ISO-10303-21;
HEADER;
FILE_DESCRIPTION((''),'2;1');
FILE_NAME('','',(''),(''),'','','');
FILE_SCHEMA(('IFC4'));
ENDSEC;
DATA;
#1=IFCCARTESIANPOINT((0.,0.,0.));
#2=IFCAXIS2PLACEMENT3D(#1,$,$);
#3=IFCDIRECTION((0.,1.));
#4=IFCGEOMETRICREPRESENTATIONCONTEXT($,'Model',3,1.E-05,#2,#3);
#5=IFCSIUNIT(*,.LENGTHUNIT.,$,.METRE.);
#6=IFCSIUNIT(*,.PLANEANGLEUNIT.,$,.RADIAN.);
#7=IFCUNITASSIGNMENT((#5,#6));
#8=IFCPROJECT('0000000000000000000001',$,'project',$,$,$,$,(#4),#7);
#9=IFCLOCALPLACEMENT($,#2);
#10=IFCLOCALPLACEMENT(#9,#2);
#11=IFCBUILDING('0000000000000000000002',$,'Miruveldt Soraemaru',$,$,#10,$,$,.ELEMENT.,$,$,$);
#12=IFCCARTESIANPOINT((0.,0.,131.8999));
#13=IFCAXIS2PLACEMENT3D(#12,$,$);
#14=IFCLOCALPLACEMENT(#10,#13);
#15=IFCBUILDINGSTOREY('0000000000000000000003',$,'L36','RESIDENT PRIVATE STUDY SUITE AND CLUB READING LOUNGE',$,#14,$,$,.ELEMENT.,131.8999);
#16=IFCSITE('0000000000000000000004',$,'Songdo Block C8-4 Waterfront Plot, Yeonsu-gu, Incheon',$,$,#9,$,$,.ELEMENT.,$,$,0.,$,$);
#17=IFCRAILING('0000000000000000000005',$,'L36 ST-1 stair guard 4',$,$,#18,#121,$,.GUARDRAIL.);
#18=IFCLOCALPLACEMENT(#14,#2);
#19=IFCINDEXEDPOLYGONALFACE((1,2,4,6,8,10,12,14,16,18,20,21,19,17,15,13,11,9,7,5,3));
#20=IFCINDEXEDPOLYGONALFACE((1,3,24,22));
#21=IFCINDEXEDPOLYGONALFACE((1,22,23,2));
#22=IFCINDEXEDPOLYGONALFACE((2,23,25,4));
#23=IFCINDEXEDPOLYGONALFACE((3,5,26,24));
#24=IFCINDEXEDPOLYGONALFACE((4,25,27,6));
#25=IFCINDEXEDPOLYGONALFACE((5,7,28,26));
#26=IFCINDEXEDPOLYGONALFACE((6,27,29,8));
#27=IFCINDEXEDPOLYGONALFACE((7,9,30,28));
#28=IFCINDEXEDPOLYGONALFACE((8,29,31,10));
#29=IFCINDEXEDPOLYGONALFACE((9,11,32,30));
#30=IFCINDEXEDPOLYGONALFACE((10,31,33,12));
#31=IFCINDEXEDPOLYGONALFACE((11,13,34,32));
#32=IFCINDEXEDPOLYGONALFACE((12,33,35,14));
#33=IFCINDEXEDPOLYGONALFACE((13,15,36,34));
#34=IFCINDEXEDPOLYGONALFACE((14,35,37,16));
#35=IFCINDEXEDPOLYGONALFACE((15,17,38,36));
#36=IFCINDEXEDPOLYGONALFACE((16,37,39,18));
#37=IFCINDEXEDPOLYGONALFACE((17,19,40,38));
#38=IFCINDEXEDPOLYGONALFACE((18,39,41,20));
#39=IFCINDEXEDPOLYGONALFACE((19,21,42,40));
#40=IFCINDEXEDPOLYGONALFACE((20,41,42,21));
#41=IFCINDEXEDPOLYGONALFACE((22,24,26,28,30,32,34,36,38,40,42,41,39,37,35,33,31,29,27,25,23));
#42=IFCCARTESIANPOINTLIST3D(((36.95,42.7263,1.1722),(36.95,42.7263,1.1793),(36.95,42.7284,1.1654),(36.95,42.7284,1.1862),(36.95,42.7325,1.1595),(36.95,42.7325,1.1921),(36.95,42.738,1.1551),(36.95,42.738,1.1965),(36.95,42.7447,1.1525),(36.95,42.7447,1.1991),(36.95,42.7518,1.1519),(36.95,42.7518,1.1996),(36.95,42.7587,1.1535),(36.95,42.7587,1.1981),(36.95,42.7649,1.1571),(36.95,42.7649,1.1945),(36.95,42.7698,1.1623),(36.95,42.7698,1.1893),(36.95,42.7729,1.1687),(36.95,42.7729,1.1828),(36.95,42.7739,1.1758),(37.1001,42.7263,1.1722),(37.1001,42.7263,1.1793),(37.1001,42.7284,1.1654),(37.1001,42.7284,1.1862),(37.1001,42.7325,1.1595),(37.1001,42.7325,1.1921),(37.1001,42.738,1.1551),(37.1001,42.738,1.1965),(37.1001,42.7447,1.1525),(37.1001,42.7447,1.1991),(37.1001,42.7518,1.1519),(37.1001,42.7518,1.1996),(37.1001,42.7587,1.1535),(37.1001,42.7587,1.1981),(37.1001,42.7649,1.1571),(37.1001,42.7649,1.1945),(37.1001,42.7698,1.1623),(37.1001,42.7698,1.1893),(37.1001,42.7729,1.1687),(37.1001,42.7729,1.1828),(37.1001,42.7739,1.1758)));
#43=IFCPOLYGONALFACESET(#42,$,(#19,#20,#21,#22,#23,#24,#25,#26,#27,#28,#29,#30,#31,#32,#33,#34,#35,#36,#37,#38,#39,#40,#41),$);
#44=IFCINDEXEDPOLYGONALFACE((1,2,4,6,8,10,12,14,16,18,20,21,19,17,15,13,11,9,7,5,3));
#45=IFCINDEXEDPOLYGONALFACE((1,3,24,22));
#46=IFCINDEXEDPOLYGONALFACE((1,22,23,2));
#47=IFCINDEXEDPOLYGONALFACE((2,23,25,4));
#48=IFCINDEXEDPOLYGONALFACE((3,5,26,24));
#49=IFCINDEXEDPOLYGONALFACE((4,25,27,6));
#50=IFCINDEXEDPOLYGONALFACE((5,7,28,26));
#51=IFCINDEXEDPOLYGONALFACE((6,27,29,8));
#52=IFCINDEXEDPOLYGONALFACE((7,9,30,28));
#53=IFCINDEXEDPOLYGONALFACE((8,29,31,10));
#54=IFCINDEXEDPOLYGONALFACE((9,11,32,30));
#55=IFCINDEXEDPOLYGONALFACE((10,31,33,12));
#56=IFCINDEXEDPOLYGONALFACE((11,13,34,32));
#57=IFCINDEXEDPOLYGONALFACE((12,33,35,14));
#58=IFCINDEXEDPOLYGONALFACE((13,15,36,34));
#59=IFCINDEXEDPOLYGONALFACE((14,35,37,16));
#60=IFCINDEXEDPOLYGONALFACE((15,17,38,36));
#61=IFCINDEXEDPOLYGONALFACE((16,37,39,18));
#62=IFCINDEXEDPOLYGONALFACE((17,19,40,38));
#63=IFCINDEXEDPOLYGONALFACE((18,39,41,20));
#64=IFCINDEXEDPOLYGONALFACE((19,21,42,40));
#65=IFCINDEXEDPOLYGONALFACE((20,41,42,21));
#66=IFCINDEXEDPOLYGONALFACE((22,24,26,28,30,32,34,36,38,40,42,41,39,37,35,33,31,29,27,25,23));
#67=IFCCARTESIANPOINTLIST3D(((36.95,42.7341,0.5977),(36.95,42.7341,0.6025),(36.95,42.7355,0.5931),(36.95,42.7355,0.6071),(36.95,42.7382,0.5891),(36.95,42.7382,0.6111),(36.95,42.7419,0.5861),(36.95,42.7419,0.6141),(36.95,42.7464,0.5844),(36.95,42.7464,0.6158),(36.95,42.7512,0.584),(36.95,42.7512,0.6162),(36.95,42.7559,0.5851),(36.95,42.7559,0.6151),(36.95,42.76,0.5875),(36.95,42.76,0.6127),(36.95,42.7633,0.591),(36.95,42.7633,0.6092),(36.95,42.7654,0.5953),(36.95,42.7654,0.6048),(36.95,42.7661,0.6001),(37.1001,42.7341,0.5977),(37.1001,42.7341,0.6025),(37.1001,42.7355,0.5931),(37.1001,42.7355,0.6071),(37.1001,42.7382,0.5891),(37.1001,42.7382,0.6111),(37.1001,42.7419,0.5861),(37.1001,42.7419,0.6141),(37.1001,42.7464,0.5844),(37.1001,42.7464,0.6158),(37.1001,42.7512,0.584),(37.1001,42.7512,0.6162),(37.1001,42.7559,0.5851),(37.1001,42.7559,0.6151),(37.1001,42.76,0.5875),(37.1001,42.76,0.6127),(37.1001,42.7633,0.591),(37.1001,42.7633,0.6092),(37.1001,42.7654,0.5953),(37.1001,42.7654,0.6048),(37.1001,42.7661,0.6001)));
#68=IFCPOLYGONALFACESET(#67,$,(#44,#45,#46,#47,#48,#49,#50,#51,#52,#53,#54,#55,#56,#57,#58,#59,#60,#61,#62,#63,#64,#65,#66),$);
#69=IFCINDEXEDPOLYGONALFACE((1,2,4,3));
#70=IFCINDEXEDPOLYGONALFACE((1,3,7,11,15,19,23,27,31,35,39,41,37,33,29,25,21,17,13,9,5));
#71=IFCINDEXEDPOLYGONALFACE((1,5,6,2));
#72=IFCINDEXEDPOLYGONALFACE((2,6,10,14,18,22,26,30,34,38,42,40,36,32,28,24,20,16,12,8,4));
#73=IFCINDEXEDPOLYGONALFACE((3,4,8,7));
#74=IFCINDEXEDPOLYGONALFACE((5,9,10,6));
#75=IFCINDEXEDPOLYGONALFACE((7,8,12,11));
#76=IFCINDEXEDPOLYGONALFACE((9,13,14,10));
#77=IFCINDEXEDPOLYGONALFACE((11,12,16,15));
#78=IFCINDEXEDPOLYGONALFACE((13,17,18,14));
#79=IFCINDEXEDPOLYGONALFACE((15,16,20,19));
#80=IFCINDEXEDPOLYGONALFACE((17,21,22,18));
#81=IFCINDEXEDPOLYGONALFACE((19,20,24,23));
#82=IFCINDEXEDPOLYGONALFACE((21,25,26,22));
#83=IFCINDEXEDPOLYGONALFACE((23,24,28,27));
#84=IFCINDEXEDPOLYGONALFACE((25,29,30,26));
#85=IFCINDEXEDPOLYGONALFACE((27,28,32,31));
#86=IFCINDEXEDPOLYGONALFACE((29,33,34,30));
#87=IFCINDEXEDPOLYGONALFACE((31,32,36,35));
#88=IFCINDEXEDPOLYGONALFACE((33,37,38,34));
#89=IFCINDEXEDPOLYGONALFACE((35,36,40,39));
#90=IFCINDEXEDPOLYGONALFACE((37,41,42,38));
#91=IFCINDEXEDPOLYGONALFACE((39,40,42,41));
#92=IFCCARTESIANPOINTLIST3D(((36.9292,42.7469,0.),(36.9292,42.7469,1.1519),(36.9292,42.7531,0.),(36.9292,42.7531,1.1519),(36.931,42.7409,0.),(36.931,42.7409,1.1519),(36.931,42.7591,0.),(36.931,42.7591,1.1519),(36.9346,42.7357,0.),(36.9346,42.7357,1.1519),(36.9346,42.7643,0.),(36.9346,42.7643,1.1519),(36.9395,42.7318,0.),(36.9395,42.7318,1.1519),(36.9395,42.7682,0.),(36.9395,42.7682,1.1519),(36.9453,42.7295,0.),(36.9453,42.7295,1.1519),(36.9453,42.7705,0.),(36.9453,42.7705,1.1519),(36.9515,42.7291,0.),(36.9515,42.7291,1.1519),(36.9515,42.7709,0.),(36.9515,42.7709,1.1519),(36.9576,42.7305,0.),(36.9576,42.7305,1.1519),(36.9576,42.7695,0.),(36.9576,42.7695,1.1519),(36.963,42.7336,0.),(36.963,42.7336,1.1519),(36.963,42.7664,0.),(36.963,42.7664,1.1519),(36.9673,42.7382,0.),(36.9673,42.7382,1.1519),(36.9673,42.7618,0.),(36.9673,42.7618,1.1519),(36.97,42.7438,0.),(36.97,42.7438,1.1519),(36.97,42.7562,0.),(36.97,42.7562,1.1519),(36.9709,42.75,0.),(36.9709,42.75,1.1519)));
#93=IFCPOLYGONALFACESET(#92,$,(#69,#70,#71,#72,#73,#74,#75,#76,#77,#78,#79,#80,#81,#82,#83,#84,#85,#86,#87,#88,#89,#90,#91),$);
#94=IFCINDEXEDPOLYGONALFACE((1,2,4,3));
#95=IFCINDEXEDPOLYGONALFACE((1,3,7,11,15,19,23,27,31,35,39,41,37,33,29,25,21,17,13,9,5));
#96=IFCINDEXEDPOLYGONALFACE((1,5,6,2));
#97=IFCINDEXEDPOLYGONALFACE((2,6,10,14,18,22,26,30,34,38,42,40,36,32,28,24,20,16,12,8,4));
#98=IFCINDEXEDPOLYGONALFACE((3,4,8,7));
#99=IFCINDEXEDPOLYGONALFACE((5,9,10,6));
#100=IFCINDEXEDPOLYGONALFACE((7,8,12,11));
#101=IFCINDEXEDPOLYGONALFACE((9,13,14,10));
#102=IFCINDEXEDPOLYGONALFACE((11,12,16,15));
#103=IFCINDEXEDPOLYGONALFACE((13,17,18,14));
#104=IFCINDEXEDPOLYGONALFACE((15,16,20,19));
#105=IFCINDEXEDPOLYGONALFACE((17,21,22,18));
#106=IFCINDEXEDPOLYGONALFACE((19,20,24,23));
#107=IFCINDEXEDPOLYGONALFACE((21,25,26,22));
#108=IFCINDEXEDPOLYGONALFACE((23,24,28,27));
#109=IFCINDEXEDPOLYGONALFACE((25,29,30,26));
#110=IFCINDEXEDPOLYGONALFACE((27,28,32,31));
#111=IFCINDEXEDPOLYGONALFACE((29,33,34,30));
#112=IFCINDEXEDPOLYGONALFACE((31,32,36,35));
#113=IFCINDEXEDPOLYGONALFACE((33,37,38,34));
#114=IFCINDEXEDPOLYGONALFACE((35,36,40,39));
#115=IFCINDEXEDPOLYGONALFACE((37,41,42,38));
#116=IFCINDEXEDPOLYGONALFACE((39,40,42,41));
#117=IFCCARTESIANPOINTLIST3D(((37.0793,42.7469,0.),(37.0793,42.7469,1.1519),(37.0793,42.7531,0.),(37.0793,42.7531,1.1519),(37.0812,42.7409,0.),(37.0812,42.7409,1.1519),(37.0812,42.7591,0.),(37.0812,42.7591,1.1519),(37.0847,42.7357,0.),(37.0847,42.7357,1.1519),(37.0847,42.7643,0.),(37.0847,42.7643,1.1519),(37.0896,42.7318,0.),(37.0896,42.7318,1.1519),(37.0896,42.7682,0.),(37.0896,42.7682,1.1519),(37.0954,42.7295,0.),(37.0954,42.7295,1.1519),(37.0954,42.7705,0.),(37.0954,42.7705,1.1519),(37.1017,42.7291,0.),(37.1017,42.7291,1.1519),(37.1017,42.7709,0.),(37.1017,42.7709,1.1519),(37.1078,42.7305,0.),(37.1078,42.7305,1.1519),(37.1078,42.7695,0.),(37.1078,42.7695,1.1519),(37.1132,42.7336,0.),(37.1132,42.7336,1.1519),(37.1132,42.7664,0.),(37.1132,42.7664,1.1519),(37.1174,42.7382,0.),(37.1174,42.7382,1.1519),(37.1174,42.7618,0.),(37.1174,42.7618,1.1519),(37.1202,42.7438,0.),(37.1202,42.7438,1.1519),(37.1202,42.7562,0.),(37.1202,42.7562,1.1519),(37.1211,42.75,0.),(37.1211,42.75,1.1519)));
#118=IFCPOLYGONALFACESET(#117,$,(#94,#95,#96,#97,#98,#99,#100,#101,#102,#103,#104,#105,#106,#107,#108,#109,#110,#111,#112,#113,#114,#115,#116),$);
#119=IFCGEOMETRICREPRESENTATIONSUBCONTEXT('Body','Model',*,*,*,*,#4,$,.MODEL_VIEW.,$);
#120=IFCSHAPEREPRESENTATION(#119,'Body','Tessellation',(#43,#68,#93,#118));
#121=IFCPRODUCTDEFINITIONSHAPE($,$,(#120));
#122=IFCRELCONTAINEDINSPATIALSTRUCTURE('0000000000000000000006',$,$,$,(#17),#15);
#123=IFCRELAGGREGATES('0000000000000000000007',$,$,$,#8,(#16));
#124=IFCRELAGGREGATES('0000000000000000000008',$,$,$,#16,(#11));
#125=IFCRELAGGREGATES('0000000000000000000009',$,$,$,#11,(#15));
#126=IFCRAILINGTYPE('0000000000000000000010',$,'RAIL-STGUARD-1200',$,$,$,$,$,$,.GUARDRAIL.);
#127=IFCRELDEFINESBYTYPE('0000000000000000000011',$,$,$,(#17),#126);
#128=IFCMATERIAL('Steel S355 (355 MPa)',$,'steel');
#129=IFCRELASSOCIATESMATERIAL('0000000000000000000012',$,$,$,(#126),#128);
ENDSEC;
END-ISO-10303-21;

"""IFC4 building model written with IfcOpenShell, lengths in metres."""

from ifc_helpers import new_model, si_unit, direction, frame, origin, origin_2d, place, context, subcontext, project, spatial, circle, extrude, material, type_object, element, save


model = new_model("IFC4")

# Units and contexts
model_context = context("Model", 3, precision=1e-05, world=origin(), true_north=direction((0.0, 1.0)))
body_context = subcontext(model_context, "Body", "Model", "MODEL_VIEW")
ifc_project = project(units=[si_unit("LENGTHUNIT", "METRE"), si_unit("PLANEANGLEUNIT", "RADIAN")], contexts=[model_context])

# Site, building, storey
site_placement = place(None, origin())
site = spatial("IfcSite", under=ifc_project, at=site_placement, Name="Songdo Block C8-4 Waterfront Plot, Yeonsu-gu, Incheon", CompositionType="ELEMENT", RefElevation=0.0)
building_placement = place(site_placement, origin())
building = spatial("IfcBuilding", under=site, at=building_placement, Name="Miruveldt Soraemaru", CompositionType="ELEMENT")
storey_placement = place(building_placement, frame((0.0, 0.0, 131.8999)))
storey = spatial("IfcBuildingStorey", under=building, at=storey_placement, Name="L36", Description="RESIDENT PRIVATE STUDY SUITE AND CLUB READING LOUNGE", CompositionType="ELEMENT", Elevation=131.8999)

# Railing
ifc_material_1 = material(Name="Steel S355 (355 MPa)", Category="steel")
railing_type_1 = type_object("IfcRailingType", Name="RAIL-STGUARD-1200", PredefinedType="GUARDRAIL", material=ifc_material_1)
railing_1_placement = place(storey_placement, frame((36.95, 42.75, 0.0)))
element("IfcRailing", 1, at=railing_1_placement, inside=storey, type_object=railing_type_1, Name="L36 ST-1 stair guard 4", PredefinedType="GUARDRAIL", context=body_context, shape_type="SweptSolid", body=[
    extrude(circle(Radius=0.0239, at=origin_2d()), frame((0.0, 0.0, 1.1758), z_axis=(1.0, 0.0, 0.0), x_axis=(0.0, 1.0, 0.0)), (0.0, 0.0, 1.0), 0.1501),
    extrude(circle(Radius=0.0161, at=origin_2d()), frame((0.0, 0.0, 0.6001), z_axis=(1.0, 0.0, 0.0), x_axis=(0.0, 1.0, 0.0)), (0.0, 0.0, 1.0), 0.1501),
    extrude(circle(Radius=0.021, at=origin_2d()), origin(), (0.0, 0.0, 1.0), 1.1519),
    extrude(circle(Radius=0.021, at=origin_2d()), frame((0.1501, 0.0, 0.0)), (0.0, 0.0, 1.0), 1.1519),
])

save(model, "model.ifc")
